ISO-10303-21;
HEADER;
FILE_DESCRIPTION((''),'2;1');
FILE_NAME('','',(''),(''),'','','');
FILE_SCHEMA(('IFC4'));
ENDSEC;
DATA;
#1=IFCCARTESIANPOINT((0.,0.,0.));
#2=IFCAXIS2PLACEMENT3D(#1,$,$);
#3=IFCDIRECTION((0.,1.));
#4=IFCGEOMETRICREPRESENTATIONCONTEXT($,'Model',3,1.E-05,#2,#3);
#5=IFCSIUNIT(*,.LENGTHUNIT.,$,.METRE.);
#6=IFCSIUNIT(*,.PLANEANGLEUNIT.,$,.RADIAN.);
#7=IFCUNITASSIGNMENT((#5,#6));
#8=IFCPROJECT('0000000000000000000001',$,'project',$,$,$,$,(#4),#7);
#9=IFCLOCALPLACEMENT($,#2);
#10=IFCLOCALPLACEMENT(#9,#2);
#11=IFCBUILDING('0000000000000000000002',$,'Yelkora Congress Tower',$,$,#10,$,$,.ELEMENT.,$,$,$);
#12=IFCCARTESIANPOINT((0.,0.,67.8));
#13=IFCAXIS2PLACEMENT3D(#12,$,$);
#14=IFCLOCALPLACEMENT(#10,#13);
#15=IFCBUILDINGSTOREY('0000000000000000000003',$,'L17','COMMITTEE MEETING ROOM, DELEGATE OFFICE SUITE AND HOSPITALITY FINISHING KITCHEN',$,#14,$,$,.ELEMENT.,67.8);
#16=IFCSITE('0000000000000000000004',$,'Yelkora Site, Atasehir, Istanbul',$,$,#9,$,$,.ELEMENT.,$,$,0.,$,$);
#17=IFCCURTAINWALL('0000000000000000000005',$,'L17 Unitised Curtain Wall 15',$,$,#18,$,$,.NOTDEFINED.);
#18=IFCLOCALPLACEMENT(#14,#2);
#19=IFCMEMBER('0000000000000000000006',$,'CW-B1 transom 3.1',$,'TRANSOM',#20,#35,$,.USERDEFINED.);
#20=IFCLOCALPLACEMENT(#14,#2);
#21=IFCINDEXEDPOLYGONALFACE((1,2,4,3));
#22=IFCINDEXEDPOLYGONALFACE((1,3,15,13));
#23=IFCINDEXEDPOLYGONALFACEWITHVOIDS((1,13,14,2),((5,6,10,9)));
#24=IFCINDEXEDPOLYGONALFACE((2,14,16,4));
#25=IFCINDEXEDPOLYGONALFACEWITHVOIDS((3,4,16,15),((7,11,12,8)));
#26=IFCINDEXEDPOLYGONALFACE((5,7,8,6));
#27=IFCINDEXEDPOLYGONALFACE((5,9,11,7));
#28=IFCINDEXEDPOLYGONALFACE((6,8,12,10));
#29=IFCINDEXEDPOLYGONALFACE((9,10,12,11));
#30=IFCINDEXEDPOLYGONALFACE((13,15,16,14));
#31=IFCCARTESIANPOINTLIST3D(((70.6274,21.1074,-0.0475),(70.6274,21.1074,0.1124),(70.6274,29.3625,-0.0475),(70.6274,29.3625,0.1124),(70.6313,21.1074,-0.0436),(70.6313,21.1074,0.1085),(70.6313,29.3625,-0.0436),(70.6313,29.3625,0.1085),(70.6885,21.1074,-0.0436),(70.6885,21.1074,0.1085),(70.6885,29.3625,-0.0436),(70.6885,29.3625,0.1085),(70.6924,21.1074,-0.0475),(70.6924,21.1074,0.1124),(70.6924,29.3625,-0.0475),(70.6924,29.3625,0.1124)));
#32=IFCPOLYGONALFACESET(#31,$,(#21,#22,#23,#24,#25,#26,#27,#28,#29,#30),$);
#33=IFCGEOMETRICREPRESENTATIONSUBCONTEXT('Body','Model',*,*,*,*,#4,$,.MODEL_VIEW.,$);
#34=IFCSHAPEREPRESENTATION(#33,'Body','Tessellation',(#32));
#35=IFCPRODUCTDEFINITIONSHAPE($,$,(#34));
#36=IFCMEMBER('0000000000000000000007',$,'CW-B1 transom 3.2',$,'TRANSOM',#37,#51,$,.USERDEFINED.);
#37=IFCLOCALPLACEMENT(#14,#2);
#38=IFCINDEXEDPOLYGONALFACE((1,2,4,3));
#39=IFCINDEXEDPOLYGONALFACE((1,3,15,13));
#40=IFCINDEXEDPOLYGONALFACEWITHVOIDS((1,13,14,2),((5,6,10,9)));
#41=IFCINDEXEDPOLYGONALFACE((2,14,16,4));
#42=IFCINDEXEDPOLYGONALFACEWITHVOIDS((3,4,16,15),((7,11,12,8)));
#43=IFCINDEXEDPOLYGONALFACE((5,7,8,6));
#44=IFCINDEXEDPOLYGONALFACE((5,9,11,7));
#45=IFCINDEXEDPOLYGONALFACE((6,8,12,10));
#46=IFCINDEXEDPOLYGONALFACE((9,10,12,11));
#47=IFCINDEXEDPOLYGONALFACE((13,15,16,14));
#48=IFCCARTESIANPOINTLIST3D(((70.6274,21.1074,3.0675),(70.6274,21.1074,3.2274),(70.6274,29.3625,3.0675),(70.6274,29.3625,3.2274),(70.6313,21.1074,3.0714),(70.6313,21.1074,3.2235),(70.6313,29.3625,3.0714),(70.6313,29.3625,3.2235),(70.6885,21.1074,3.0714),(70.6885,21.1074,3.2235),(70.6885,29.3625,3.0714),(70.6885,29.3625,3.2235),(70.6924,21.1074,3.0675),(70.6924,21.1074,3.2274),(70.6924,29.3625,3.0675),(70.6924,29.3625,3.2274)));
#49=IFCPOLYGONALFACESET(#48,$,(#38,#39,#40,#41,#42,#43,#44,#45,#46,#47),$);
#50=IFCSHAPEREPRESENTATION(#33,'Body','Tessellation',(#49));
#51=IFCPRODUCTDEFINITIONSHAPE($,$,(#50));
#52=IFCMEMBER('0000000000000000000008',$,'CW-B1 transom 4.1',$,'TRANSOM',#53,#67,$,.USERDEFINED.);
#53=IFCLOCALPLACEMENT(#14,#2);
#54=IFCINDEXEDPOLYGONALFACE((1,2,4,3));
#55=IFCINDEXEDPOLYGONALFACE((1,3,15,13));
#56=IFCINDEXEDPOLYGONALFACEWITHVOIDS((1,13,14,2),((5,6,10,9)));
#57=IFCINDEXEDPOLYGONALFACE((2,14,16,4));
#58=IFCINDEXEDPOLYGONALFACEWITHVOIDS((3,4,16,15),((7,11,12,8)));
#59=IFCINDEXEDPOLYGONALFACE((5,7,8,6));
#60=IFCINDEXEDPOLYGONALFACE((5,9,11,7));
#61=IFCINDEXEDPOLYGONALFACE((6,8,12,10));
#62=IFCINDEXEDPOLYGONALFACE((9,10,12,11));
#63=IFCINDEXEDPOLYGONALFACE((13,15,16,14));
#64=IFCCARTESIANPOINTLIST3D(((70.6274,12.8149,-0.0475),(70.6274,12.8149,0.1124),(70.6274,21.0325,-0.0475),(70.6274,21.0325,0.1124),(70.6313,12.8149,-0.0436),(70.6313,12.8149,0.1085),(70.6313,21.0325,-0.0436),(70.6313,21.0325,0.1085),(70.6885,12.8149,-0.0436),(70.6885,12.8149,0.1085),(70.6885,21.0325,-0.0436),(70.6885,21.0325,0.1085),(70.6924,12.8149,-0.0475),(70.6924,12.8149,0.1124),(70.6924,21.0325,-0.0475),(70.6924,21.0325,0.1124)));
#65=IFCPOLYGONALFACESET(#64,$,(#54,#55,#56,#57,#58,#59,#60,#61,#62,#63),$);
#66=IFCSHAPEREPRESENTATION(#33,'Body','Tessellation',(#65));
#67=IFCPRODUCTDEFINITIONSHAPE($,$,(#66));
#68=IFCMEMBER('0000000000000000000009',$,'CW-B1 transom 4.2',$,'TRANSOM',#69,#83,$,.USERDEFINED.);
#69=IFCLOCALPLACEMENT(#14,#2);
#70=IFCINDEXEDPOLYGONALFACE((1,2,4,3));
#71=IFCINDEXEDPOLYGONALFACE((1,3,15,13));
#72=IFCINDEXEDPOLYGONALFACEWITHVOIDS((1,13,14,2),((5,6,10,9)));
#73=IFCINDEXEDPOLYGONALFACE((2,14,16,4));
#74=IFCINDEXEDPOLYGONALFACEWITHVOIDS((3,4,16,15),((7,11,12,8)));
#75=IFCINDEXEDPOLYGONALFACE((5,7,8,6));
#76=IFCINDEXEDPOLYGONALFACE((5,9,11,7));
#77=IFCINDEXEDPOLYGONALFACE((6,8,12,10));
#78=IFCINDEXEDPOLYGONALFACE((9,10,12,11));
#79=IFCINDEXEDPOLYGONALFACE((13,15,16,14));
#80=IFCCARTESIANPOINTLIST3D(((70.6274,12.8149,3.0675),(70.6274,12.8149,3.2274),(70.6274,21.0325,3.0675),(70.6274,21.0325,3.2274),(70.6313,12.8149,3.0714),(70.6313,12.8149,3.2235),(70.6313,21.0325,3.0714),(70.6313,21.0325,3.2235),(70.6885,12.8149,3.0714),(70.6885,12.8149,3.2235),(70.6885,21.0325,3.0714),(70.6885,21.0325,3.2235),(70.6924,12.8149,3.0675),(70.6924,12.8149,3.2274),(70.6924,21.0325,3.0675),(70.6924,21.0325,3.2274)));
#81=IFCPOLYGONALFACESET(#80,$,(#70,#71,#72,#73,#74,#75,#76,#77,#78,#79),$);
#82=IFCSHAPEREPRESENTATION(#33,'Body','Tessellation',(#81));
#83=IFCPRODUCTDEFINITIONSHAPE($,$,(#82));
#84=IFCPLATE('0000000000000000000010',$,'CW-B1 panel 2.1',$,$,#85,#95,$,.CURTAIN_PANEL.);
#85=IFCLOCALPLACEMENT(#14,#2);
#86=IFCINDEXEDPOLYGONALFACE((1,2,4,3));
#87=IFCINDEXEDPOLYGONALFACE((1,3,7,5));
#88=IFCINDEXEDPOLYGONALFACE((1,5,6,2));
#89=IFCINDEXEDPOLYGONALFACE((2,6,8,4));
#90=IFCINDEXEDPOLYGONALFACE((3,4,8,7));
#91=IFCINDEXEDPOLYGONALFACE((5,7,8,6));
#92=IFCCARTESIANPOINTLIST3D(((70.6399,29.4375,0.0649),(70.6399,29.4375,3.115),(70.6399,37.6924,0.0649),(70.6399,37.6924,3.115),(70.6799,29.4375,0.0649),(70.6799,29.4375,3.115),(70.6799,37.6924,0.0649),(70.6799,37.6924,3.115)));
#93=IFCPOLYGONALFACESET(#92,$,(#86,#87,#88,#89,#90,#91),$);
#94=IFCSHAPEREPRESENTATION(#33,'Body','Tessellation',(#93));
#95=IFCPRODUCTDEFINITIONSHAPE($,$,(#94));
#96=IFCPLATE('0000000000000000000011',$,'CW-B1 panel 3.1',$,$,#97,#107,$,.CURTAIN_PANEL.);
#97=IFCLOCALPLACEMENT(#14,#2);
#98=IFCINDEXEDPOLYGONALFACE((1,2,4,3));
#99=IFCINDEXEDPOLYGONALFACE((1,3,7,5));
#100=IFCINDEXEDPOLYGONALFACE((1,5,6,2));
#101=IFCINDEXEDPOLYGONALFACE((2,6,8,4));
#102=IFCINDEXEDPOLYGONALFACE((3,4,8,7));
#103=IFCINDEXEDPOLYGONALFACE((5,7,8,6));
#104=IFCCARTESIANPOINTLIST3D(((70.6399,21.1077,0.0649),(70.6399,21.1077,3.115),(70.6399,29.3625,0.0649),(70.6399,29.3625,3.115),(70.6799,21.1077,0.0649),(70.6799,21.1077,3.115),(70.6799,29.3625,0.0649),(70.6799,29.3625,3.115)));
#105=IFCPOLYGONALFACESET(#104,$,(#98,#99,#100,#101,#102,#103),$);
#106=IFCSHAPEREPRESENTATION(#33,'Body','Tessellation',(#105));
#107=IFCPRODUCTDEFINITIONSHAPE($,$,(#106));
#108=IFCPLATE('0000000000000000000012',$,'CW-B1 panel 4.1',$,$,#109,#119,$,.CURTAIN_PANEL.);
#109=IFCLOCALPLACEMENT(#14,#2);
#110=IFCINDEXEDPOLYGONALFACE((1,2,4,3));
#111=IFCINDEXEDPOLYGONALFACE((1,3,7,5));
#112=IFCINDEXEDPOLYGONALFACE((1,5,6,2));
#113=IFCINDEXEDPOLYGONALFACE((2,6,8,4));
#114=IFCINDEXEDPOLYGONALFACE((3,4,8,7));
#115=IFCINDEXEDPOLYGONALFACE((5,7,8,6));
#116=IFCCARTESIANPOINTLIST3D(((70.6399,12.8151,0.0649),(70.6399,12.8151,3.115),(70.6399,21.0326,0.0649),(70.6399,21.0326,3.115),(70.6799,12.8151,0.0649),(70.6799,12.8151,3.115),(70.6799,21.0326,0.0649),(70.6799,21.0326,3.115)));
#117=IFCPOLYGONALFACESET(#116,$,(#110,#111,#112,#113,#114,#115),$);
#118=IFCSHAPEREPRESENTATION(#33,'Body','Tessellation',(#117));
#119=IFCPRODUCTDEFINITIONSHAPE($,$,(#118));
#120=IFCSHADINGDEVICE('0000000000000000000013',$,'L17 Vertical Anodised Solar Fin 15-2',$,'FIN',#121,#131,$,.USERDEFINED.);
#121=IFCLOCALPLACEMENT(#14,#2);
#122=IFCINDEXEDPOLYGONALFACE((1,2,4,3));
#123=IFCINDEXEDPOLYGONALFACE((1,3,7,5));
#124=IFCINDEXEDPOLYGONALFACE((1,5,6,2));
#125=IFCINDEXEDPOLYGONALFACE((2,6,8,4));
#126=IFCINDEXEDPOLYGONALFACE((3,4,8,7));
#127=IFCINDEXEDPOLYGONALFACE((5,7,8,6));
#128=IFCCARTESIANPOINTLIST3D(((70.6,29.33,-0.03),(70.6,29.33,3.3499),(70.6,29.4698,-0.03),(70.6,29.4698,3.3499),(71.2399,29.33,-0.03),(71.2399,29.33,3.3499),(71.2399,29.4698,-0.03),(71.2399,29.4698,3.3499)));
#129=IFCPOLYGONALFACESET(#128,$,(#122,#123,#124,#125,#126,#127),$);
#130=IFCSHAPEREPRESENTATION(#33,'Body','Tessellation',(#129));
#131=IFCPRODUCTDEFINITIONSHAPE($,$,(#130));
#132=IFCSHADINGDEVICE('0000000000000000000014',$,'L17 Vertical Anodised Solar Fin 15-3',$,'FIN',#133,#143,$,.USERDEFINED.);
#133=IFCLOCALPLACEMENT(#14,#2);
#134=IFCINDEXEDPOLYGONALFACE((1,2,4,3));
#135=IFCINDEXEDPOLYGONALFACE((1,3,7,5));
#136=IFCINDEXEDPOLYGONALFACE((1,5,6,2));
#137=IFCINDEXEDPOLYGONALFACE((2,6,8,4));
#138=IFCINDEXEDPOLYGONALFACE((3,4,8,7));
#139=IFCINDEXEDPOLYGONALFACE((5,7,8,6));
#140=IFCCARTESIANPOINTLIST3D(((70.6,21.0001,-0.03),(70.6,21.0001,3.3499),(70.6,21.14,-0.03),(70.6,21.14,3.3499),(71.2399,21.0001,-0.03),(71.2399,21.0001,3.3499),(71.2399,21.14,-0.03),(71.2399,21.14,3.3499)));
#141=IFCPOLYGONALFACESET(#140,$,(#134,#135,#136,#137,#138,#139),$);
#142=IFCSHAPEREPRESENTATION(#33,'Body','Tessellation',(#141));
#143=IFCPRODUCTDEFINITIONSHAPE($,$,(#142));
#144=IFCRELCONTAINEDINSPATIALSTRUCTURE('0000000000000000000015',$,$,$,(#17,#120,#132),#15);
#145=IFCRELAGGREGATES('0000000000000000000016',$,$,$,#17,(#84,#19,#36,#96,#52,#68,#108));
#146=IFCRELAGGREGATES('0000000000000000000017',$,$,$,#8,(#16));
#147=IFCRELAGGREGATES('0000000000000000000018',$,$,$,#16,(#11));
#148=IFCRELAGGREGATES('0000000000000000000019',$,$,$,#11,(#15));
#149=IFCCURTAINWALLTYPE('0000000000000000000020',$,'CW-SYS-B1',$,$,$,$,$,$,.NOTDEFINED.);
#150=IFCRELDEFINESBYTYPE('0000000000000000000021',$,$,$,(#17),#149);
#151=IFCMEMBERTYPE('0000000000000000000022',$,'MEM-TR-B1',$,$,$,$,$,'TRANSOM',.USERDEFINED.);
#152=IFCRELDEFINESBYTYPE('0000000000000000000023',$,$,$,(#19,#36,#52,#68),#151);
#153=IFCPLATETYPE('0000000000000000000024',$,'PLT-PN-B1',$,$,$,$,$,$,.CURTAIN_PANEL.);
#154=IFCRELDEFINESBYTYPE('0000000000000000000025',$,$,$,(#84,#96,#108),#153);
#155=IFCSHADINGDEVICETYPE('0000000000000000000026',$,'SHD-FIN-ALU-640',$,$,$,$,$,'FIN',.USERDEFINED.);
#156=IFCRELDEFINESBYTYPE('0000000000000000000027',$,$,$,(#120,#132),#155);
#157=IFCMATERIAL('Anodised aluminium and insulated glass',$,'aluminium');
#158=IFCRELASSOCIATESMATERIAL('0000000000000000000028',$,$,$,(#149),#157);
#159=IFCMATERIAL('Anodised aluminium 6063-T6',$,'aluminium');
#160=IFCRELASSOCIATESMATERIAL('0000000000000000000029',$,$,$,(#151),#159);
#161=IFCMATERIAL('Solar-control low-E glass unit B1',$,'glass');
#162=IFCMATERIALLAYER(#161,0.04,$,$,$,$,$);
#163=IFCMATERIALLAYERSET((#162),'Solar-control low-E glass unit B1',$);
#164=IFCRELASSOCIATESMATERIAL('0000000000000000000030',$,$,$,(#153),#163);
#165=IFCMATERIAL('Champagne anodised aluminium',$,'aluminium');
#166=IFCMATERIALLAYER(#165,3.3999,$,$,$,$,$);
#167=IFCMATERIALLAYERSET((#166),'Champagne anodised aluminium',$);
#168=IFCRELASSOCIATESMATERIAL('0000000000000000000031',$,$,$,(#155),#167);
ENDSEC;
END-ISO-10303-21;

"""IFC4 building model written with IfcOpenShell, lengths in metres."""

from ifc_helpers import new_model, si_unit, direction, frame, origin, origin_2d, place, context, subcontext, project, spatial, rectangle, hollow_rectangle, extrude, material, layer, layer_set, material_profile, profile_set, type_object, element, aggregate, save


model = new_model("IFC4")

# Units and contexts
model_context = context("Model", 3, precision=1e-05, world=origin(), true_north=direction((0.0, 1.0)))
body_context = subcontext(model_context, "Body", "Model", "MODEL_VIEW")
ifc_project = project(units=[si_unit("LENGTHUNIT", "METRE"), si_unit("PLANEANGLEUNIT", "RADIAN")], contexts=[model_context])

# Site, building, storey
site_placement = place(None, origin())
site = spatial("IfcSite", under=ifc_project, at=site_placement, Name="Yelkora Site, Atasehir, Istanbul", CompositionType="ELEMENT", RefElevation=0.0)
building_placement = place(site_placement, origin())
building = spatial("IfcBuilding", under=site, at=building_placement, Name="Yelkora Congress Tower", CompositionType="ELEMENT")
storey_placement = place(building_placement, frame((0.0, 0.0, 67.8)))
storey = spatial("IfcBuildingStorey", under=building, at=storey_placement, Name="L17", Description="COMMITTEE MEETING ROOM, DELEGATE OFFICE SUITE AND HOSPITALITY FINISHING KITCHEN", CompositionType="ELEMENT", Elevation=67.8)

# Curtain wall, members, plates
ifc_material_1 = material(Name="Anodised aluminium and insulated glass", Category="aluminium")
curtain_wall_type = type_object("IfcCurtainWallType", Name="CW-SYS-B1", PredefinedType="NOTDEFINED", material=ifc_material_1)
curtain_wall_placement = place(storey_placement, origin())
curtain_wall = element("IfcCurtainWall", 1, at=curtain_wall_placement, inside=storey, type_object=curtain_wall_type, Name="L17 Unitised Curtain Wall 15", PredefinedType="NOTDEFINED")
ifc_material_2 = material(Name="Anodised aluminium 6063-T6", Category="aluminium")
ifc_material_profile_1 = material_profile(ifc_material_2, hollow_rectangle(XDim=0.0649, YDim=0.1599, WallThickness=0.0039, at=origin_2d()), Name="ALU 65x160x4")
ifc_profile_set_1 = profile_set([ifc_material_profile_1], Name="Anodised aluminium 6063-T6")
member_type_1 = type_object("IfcMemberType", Name="MEM-TR-B1", ElementType="TRANSOM", PredefinedType="USERDEFINED", material=ifc_profile_set_1)
member_1_placement = place(storey_placement, frame((70.6599, 29.3625, 0.0325), z_axis=(0.0, -1.0, 0.0), x_axis=(1.0, 0.0, 0.0)))
member_1 = element("IfcMember", 2, at=member_1_placement, type_object=member_type_1, Name="CW-B1 transom 3.1", ObjectType="TRANSOM", PredefinedType="USERDEFINED", context=body_context, shape_type="SweptSolid", body=[
    extrude(hollow_rectangle(XDim=0.0649, YDim=0.1599, WallThickness=0.0039, at=origin_2d()), origin(), (0.0, 0.0, 1.0), 8.2551),
])
member_2_placement = place(storey_placement, frame((70.6599, 29.3625, 3.1475), z_axis=(0.0, -1.0, 0.0), x_axis=(1.0, 0.0, 0.0)))
member_2 = element("IfcMember", 3, at=member_2_placement, type_object=member_type_1, Name="CW-B1 transom 3.2", ObjectType="TRANSOM", PredefinedType="USERDEFINED", context=body_context, shape_type="SweptSolid", body=[
    extrude(hollow_rectangle(XDim=0.0649, YDim=0.1599, WallThickness=0.0039, at=origin_2d()), origin(), (0.0, 0.0, 1.0), 8.2551),
])
member_3_placement = place(storey_placement, frame((70.6599, 21.0325, 0.0325), z_axis=(0.0, -1.0, 0.0), x_axis=(1.0, 0.0, 0.0)))
member_3 = element("IfcMember", 4, at=member_3_placement, type_object=member_type_1, Name="CW-B1 transom 4.1", ObjectType="TRANSOM", PredefinedType="USERDEFINED", context=body_context, shape_type="SweptSolid", body=[
    extrude(hollow_rectangle(XDim=0.0649, YDim=0.1599, WallThickness=0.0039, at=origin_2d()), origin(), (0.0, 0.0, 1.0), 8.2175),
])
member_4_placement = place(storey_placement, frame((70.6599, 21.0325, 3.1475), z_axis=(0.0, -1.0, 0.0), x_axis=(1.0, 0.0, 0.0)))
member_4 = element("IfcMember", 5, at=member_4_placement, type_object=member_type_1, Name="CW-B1 transom 4.2", ObjectType="TRANSOM", PredefinedType="USERDEFINED", context=body_context, shape_type="SweptSolid", body=[
    extrude(hollow_rectangle(XDim=0.0649, YDim=0.1599, WallThickness=0.0039, at=origin_2d()), origin(), (0.0, 0.0, 1.0), 8.2175),
])
ifc_material_3 = material(Name="Solar-control low-E glass unit B1", Category="glass")
ifc_layer_1 = layer(ifc_material_3, 0.04)
ifc_layer_set_1 = layer_set([ifc_layer_1], Name="Solar-control low-E glass unit B1")
plate_type = type_object("IfcPlateType", Name="PLT-PN-B1", PredefinedType="CURTAIN_PANEL", material=ifc_layer_set_1)
plate_1_placement = place(storey_placement, frame((70.6599, 33.5649, 0.0649), z_axis=(0.0, 0.0, 1.0), x_axis=(0.0, -1.0, 0.0)))
plate_1 = element("IfcPlate", 6, at=plate_1_placement, type_object=plate_type, Name="CW-B1 panel 2.1", PredefinedType="CURTAIN_PANEL", context=body_context, shape_type="SweptSolid", body=[
    extrude(rectangle(XDim=8.2549, YDim=0.04, at=origin_2d()), origin(), (0.0, 0.0, 1.0), 3.05),
])
plate_2_placement = place(storey_placement, frame((70.6599, 25.2351, 0.0649), z_axis=(0.0, 0.0, 1.0), x_axis=(0.0, -1.0, 0.0)))
plate_2 = element("IfcPlate", 7, at=plate_2_placement, type_object=plate_type, Name="CW-B1 panel 3.1", PredefinedType="CURTAIN_PANEL", context=body_context, shape_type="SweptSolid", body=[
    extrude(rectangle(XDim=8.2549, YDim=0.04, at=origin_2d()), origin(), (0.0, 0.0, 1.0), 3.05),
])
plate_3_placement = place(storey_placement, frame((70.6599, 16.9238, 0.0649), z_axis=(0.0, 0.0, 1.0), x_axis=(0.0, -1.0, 0.0)))
plate_3 = element("IfcPlate", 8, at=plate_3_placement, type_object=plate_type, Name="CW-B1 panel 4.1", PredefinedType="CURTAIN_PANEL", context=body_context, shape_type="SweptSolid", body=[
    extrude(rectangle(XDim=8.2175, YDim=0.04, at=origin_2d()), origin(), (0.0, 0.0, 1.0), 3.05),
])
aggregate(curtain_wall, [plate_1, member_1, member_2, plate_2, member_3, member_4, plate_3])

# Shading devices
ifc_material_4 = material(Name="Champagne anodised aluminium", Category="aluminium")
ifc_layer_2 = layer(ifc_material_4, 3.3999)
ifc_layer_set_2 = layer_set([ifc_layer_2], Name="Champagne anodised aluminium")
shading_device_type = type_object("IfcShadingDeviceType", Name="SHD-FIN-ALU-640", ElementType="FIN", PredefinedType="USERDEFINED", material=ifc_layer_set_2)
for number, where, z_axis, x_axis, name in (
    (9, (70.9199, 29.3999, -0.03), (0.0, 0.0, 1.0), (0.0, -1.0, 0.0), "L17 Vertical Anodised Solar Fin 15-2"),
    (10, (70.9199, 21.0701, -0.03), (0.0, 0.0, 1.0), (0.0, -1.0, 0.0), "L17 Vertical Anodised Solar Fin 15-3"),
):
    element("IfcShadingDevice", number, at=place(storey_placement, frame(where, z_axis=z_axis, x_axis=x_axis)), inside=storey, type_object=shading_device_type, Name=name, ObjectType="FIN", PredefinedType="USERDEFINED", context=body_context, shape_type="SweptSolid", body=[
        extrude(rectangle(XDim=0.1399, YDim=0.6399, at=origin_2d()), origin(), (0.0, 0.0, 1.0), 3.3799),
    ])

save(model, "model.ifc")
